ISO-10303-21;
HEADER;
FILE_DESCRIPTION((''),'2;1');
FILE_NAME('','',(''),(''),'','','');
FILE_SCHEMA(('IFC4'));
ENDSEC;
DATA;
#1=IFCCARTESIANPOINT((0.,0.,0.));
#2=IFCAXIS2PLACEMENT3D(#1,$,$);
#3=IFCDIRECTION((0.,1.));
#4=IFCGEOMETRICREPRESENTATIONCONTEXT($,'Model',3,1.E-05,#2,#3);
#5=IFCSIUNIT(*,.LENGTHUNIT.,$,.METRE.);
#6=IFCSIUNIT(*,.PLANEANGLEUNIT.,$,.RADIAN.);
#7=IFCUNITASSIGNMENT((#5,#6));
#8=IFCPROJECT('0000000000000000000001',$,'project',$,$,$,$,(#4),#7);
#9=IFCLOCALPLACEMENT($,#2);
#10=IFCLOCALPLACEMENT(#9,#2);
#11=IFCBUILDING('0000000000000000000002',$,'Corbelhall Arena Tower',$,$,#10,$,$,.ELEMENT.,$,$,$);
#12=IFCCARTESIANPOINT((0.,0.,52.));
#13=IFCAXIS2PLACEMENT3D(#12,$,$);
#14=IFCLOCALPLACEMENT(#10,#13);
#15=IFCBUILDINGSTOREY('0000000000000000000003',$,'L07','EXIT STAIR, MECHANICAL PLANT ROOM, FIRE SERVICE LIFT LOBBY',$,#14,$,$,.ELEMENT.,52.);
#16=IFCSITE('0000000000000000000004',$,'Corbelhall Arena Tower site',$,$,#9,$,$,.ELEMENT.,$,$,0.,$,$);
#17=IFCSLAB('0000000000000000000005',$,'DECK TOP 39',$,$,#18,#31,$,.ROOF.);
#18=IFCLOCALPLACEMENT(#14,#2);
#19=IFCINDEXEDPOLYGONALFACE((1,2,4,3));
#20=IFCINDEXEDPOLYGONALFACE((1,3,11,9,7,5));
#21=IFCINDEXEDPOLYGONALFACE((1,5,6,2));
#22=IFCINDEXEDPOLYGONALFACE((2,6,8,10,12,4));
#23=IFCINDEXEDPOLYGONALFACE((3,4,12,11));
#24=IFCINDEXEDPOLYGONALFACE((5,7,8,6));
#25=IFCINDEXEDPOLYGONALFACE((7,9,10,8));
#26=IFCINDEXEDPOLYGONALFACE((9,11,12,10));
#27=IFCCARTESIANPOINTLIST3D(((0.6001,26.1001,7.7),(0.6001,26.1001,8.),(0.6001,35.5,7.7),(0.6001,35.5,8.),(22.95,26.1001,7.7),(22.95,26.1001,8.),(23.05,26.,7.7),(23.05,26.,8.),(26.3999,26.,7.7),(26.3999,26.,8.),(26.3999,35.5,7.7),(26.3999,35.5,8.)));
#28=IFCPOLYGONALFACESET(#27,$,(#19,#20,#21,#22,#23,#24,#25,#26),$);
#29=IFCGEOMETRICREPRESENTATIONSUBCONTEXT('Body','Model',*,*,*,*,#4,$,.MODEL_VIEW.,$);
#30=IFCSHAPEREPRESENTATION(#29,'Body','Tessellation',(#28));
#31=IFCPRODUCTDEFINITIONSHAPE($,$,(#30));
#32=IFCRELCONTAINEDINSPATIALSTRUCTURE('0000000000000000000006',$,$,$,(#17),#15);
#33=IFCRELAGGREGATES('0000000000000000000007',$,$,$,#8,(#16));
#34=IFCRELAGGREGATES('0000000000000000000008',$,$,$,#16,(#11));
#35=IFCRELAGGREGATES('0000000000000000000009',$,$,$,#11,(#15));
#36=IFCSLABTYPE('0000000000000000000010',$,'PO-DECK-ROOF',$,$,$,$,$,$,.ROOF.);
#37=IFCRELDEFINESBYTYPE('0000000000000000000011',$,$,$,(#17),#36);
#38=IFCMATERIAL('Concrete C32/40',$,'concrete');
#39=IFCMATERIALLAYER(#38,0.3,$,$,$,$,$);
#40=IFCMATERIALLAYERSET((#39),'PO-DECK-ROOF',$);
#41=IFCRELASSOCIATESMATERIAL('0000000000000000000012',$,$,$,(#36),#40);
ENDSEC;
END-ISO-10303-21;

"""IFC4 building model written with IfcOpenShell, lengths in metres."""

from ifc_helpers import new_model, si_unit, direction, frame, origin, place, context, subcontext, project, spatial, polyline, outline, extrude, material, layer, layer_set, type_object, element, save


model = new_model("IFC4")

# Units and contexts
model_context = context("Model", 3, precision=1e-05, world=origin(), true_north=direction((0.0, 1.0)))
body_context = subcontext(model_context, "Body", "Model", "MODEL_VIEW")
ifc_project = project(units=[si_unit("LENGTHUNIT", "METRE"), si_unit("PLANEANGLEUNIT", "RADIAN")], contexts=[model_context])

# Site, building, storey
site_placement = place(None, origin())
site = spatial("IfcSite", under=ifc_project, at=site_placement, Name="Corbelhall Arena Tower site", CompositionType="ELEMENT", RefElevation=0.0)
building_placement = place(site_placement, origin())
building = spatial("IfcBuilding", under=site, at=building_placement, Name="Corbelhall Arena Tower", CompositionType="ELEMENT")
storey_placement = place(building_placement, frame((0.0, 0.0, 52.0)))
storey = spatial("IfcBuildingStorey", under=building, at=storey_placement, Name="L07", Description="EXIT STAIR, MECHANICAL PLANT ROOM, FIRE SERVICE LIFT LOBBY", CompositionType="ELEMENT", Elevation=52.0)

# Slab
ifc_material = material(Name="Concrete C32/40", Category="concrete")
ifc_layer_1 = layer(ifc_material, 0.3)
ifc_layer_set_1 = layer_set([ifc_layer_1], Name="PO-DECK-ROOF")
slab_type_1 = type_object("IfcSlabType", Name="PO-DECK-ROOF", PredefinedType="ROOF", material=ifc_layer_set_1)
slab_1_placement = place(storey_placement, frame((0.0, 0.0, 7.7)))
element("IfcSlab", 1, at=slab_1_placement, inside=storey, type_object=slab_type_1, Name="DECK TOP 39", PredefinedType="ROOF", context=body_context, shape_type="SweptSolid", body=[
    extrude(outline(polyline([(26.3999, 35.5), (26.3999, 26.0), (23.05, 26.0), (22.95, 26.1001), (0.6001, 26.1001), (0.6001, 35.5), (26.3999, 35.5)])), origin(), (0.0, 0.0, 1.0), 0.3),
])

save(model, "model.ifc")
